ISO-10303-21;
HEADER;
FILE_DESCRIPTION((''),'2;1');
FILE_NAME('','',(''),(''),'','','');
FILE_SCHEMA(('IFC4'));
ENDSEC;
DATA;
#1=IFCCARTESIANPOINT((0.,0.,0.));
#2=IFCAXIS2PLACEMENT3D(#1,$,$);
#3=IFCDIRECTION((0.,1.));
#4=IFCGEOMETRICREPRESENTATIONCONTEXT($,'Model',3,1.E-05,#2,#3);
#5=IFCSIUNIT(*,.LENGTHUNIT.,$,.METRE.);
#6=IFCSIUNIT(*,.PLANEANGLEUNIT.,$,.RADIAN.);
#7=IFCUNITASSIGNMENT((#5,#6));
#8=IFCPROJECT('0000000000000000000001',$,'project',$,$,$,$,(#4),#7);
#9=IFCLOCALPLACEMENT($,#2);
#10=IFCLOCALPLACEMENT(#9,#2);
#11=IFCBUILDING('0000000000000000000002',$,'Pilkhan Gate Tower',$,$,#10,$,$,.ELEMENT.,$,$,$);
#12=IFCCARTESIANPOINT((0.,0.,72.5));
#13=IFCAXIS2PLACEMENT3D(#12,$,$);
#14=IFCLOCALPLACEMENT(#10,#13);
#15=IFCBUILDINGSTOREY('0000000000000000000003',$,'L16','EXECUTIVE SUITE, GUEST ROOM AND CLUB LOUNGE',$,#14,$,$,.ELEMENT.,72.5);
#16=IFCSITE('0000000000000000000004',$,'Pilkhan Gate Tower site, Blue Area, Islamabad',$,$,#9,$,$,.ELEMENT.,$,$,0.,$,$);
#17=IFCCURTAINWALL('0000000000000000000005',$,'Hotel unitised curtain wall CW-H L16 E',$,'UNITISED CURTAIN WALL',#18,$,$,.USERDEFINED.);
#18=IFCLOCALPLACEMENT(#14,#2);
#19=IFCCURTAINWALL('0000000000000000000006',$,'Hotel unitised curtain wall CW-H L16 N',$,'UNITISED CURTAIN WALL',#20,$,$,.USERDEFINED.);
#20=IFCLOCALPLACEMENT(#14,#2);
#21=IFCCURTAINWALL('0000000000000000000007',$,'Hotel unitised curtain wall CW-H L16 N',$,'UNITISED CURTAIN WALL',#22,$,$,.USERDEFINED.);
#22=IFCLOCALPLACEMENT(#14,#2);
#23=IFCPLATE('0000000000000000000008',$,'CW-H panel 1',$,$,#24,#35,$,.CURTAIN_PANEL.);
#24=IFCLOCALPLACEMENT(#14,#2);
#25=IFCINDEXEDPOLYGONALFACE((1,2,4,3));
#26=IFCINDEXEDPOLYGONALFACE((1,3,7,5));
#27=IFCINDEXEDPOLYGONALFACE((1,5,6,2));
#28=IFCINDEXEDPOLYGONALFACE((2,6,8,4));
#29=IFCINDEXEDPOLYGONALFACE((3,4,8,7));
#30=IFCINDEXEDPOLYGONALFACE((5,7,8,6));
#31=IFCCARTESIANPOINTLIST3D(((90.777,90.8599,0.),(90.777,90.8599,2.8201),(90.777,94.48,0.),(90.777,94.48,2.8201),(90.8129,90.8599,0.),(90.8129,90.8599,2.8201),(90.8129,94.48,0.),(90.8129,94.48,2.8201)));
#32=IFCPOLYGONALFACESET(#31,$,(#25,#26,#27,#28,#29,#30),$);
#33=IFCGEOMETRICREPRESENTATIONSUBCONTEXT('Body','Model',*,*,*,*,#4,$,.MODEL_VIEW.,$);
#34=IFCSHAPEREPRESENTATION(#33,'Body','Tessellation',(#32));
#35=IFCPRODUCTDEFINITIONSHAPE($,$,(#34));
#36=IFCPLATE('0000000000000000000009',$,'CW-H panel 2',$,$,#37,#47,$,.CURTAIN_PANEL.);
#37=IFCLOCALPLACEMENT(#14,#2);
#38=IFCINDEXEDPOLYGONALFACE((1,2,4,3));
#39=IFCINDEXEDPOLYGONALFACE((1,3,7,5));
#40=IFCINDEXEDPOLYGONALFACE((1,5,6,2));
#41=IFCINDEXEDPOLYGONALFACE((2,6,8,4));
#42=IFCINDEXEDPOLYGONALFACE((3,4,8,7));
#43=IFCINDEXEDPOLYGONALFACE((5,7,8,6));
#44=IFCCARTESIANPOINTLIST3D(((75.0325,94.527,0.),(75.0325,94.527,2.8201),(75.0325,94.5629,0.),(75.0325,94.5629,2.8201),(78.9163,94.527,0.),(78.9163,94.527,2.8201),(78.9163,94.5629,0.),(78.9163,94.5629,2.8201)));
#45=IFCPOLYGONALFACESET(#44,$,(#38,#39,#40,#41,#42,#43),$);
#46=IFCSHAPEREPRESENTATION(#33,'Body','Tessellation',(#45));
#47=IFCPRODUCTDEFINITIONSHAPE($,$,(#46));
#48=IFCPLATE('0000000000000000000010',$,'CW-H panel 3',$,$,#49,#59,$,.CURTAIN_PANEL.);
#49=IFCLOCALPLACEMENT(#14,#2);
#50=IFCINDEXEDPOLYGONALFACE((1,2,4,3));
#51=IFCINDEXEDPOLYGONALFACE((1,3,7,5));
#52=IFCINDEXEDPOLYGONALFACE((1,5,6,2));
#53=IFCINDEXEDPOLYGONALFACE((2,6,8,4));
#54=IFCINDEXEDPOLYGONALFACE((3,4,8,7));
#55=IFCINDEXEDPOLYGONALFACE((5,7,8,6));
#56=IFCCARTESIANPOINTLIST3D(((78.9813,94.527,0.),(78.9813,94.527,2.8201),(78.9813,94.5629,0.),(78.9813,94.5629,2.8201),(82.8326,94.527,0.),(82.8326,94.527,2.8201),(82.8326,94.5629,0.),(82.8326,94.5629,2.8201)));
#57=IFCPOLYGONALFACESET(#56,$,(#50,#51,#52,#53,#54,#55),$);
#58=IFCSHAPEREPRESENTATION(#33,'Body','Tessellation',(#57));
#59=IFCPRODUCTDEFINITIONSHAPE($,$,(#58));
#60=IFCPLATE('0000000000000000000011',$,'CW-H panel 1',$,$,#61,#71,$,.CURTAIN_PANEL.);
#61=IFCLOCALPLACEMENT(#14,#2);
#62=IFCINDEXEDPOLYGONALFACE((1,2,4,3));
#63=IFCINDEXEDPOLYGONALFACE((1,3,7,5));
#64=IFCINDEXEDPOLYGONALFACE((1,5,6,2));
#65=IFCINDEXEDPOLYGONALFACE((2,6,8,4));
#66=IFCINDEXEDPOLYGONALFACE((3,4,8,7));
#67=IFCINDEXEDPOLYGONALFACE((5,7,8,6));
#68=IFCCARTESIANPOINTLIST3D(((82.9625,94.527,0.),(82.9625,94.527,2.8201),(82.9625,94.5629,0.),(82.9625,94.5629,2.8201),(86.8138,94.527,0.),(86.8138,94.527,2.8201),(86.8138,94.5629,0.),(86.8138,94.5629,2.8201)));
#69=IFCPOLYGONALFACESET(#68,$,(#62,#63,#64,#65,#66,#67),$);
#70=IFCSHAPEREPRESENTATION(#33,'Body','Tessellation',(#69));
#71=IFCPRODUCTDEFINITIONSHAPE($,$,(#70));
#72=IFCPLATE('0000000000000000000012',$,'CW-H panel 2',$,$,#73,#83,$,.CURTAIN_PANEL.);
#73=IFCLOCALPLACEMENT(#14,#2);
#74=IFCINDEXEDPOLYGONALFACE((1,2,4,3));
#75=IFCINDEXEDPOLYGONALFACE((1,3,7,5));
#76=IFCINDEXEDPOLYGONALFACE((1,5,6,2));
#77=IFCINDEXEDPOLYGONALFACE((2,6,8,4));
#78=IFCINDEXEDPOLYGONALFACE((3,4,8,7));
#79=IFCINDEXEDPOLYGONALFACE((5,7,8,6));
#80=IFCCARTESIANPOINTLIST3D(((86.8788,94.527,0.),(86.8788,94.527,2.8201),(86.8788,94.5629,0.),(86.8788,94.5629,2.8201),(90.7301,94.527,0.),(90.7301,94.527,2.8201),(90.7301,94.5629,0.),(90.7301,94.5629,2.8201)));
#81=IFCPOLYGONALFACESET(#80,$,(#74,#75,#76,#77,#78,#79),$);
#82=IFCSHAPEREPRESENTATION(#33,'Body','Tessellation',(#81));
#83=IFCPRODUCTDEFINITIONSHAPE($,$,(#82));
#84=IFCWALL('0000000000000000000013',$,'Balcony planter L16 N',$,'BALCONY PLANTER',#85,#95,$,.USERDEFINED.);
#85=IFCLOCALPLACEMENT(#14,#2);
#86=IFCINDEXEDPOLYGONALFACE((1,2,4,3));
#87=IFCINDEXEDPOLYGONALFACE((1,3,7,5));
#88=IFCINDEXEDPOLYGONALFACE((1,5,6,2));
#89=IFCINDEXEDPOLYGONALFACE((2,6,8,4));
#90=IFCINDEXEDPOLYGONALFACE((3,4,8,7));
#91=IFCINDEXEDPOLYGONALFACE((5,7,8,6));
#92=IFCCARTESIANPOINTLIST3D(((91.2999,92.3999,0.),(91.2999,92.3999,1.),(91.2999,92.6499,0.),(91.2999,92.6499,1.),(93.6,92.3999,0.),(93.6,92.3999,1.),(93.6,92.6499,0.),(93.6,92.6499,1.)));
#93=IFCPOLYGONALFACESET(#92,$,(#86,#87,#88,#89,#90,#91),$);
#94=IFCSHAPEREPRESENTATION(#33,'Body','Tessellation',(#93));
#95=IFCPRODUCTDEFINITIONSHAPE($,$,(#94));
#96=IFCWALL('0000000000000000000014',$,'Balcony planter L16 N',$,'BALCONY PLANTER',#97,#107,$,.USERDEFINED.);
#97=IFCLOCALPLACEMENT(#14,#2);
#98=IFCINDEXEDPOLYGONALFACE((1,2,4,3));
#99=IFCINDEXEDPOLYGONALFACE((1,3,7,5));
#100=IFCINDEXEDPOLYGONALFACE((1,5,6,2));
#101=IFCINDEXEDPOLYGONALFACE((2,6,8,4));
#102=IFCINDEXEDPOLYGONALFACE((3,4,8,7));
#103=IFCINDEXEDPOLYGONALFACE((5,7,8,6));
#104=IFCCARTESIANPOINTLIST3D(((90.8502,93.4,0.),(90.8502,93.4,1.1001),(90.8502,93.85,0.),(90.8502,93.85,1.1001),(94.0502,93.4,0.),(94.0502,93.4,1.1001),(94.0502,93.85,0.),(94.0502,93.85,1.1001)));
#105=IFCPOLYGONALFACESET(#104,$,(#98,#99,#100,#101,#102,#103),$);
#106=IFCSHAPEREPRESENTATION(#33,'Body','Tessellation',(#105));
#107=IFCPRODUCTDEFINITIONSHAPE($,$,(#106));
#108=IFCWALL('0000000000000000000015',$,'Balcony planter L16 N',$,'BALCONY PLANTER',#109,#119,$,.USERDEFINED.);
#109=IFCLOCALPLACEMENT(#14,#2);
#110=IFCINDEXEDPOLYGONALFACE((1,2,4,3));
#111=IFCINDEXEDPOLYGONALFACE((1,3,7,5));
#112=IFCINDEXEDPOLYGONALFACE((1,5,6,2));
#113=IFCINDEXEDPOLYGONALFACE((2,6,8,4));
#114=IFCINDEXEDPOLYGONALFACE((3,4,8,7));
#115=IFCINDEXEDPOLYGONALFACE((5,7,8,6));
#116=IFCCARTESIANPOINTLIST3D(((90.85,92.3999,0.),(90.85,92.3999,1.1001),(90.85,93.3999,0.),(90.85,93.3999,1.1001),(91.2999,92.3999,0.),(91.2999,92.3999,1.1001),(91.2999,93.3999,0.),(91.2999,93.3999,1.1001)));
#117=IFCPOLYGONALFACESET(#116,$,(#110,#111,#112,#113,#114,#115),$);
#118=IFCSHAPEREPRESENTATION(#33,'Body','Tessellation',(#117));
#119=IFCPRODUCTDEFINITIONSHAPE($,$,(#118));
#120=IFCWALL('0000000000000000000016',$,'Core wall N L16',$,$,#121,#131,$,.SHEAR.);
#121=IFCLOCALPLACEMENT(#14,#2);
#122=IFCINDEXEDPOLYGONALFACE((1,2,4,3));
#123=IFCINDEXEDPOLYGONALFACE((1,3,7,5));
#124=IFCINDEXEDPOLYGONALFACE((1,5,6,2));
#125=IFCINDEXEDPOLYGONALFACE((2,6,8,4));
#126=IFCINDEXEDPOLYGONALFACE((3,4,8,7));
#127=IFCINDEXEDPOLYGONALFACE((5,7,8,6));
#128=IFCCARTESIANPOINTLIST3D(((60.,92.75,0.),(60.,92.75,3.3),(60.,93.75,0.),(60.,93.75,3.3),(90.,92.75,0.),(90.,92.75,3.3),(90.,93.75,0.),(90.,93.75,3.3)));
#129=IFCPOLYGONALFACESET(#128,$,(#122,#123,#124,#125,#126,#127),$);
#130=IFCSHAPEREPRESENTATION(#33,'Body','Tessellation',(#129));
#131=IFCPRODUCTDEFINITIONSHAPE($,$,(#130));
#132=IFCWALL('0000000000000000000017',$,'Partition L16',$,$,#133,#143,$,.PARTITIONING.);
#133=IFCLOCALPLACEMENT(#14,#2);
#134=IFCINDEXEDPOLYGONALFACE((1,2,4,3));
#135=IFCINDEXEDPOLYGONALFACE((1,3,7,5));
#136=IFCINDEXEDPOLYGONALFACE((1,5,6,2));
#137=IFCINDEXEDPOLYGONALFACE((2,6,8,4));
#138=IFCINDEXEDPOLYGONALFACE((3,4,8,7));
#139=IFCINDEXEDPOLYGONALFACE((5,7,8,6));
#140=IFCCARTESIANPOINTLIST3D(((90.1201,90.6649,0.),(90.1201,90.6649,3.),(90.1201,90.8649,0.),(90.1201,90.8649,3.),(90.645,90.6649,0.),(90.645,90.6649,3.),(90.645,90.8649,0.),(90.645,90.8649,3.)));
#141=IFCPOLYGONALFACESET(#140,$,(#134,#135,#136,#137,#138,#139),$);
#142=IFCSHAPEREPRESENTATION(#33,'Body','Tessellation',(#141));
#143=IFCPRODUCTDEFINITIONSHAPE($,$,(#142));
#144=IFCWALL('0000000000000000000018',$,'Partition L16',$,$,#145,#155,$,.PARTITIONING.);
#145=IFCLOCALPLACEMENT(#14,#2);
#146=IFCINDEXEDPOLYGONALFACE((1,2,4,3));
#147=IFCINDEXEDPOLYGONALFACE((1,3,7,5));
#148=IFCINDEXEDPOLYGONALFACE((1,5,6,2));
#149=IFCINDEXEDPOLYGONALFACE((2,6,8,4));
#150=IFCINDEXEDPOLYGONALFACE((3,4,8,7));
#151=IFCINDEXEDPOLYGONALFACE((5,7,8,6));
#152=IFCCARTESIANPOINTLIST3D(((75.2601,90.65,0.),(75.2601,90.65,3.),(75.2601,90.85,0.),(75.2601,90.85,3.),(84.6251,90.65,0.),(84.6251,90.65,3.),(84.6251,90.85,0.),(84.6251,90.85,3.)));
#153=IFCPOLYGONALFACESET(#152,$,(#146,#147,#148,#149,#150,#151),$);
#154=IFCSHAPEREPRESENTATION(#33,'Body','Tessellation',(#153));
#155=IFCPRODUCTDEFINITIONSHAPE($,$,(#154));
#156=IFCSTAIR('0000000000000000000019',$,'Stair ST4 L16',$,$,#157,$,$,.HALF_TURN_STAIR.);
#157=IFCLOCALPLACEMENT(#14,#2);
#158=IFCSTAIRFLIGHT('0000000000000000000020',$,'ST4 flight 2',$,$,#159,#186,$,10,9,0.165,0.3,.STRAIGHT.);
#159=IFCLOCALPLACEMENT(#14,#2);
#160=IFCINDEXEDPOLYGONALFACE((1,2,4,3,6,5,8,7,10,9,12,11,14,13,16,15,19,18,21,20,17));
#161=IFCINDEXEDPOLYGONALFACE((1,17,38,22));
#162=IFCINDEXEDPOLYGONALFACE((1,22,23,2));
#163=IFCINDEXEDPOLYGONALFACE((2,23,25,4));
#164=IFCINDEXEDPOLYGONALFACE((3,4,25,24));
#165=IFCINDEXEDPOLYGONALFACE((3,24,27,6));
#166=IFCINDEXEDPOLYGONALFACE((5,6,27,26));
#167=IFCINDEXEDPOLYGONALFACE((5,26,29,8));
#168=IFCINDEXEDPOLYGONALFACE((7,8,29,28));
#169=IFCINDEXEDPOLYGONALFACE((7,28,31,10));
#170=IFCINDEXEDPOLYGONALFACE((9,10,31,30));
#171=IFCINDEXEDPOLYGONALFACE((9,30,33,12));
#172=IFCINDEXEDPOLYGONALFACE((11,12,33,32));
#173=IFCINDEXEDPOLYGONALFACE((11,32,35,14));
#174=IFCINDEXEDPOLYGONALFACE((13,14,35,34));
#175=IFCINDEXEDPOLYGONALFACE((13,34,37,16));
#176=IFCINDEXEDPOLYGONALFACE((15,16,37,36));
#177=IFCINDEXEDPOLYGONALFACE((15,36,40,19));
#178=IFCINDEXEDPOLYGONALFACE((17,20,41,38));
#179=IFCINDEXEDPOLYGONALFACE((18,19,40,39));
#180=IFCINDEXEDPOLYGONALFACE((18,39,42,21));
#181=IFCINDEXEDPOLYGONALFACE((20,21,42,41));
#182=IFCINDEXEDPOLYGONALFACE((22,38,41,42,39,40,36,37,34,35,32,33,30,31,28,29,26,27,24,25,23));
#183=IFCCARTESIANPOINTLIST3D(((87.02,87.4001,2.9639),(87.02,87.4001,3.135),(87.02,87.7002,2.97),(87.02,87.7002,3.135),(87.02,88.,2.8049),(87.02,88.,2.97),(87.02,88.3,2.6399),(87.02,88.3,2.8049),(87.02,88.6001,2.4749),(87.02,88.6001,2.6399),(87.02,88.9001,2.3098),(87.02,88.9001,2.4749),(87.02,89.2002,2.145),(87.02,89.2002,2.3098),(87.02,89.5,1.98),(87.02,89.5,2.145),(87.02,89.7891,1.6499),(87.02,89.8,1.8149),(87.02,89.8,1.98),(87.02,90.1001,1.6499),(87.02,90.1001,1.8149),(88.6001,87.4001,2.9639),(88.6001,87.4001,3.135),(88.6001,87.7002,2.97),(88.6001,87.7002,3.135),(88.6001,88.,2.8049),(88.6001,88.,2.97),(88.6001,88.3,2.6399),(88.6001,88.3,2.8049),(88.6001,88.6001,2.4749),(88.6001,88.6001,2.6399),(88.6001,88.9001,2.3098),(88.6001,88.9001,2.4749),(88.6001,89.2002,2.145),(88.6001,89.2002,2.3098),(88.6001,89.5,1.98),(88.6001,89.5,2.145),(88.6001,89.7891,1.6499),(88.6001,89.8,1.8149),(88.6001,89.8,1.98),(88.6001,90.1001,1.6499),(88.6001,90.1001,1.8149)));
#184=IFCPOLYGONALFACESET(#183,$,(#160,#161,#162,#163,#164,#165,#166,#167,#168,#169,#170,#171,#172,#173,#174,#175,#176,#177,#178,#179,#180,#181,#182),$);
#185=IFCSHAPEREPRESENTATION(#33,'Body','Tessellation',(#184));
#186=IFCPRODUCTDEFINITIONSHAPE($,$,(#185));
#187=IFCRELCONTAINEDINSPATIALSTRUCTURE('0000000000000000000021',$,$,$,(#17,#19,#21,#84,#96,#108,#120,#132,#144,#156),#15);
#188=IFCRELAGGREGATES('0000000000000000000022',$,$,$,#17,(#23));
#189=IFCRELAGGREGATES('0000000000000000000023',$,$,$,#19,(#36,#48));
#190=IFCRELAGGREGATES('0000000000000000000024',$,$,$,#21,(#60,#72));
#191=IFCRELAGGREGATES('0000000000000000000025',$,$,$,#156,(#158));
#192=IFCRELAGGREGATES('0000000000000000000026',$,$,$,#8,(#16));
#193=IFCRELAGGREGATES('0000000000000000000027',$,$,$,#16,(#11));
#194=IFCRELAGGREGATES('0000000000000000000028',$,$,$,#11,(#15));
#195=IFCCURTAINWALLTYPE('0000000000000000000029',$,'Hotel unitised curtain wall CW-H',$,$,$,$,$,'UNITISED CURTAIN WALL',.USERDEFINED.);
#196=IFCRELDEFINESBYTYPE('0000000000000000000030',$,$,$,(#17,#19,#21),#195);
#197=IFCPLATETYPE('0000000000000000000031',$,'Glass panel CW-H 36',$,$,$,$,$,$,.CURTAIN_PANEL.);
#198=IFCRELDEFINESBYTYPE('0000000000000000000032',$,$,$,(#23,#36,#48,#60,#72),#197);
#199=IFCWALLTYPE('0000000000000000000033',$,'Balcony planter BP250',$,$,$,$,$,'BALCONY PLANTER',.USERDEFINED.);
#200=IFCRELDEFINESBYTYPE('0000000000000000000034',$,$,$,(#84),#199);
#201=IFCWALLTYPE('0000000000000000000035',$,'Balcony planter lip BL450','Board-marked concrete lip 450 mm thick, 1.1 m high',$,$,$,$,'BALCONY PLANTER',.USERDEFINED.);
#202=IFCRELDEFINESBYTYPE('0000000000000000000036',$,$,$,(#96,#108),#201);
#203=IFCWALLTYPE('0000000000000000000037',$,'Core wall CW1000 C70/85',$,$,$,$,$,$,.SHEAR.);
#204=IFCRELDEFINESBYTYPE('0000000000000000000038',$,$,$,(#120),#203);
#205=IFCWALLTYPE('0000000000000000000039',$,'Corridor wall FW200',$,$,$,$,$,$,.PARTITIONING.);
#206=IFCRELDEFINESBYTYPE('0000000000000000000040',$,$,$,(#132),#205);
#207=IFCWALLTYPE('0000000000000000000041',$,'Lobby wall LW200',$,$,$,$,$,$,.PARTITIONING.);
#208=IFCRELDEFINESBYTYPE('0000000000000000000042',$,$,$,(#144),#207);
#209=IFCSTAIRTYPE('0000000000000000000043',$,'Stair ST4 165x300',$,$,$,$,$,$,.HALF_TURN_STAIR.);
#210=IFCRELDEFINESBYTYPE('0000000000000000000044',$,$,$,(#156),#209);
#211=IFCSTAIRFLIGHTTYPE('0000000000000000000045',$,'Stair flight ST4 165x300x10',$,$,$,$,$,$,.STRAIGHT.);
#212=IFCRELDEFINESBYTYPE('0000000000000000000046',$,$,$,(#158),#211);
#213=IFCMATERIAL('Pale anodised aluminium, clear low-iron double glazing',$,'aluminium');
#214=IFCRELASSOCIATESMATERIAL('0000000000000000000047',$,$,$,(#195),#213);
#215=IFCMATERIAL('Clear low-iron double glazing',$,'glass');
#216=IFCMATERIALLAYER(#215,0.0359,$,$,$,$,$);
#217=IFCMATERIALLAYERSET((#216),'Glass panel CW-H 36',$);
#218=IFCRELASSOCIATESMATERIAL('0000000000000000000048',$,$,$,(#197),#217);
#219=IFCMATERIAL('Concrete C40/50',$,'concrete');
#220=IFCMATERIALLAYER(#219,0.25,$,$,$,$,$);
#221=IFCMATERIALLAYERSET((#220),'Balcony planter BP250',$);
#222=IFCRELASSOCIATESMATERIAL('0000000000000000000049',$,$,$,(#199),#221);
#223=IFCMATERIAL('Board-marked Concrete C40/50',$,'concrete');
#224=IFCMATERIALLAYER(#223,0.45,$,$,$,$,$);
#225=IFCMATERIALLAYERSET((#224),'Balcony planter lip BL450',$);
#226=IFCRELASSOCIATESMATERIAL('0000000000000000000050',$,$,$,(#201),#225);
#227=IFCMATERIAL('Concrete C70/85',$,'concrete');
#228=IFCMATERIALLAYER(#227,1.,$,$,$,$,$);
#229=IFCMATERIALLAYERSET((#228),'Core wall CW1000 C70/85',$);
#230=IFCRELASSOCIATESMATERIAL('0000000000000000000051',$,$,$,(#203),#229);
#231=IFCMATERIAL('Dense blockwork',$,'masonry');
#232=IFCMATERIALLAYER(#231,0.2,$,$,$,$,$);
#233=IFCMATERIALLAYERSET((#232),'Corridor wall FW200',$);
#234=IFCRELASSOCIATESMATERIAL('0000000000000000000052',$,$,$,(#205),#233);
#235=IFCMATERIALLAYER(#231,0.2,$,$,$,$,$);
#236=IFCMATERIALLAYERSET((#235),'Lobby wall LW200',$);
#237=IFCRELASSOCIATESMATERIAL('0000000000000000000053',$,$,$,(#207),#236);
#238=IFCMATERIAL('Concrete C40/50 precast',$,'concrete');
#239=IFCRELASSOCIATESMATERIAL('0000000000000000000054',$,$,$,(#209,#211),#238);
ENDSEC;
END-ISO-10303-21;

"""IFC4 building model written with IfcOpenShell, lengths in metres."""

from ifc_helpers import new_model, si_unit, direction, frame, frame_2d, origin, origin_2d, place, context, subcontext, project, spatial, polyline, rectangle, outline, extrude, material, layer, layer_set, type_object, element, aggregate, save


model = new_model("IFC4")

# Units and contexts
model_context = context("Model", 3, precision=1e-05, world=origin(), true_north=direction((0.0, 1.0)))
body_context = subcontext(model_context, "Body", "Model", "MODEL_VIEW")
ifc_project = project(units=[si_unit("LENGTHUNIT", "METRE"), si_unit("PLANEANGLEUNIT", "RADIAN")], contexts=[model_context])

# Site, building, storey
site_placement = place(None, origin())
site = spatial("IfcSite", under=ifc_project, at=site_placement, Name="Pilkhan Gate Tower site, Blue Area, Islamabad", CompositionType="ELEMENT", RefElevation=0.0)
building_placement = place(site_placement, origin())
building = spatial("IfcBuilding", under=site, at=building_placement, Name="Pilkhan Gate Tower", CompositionType="ELEMENT")
storey_placement = place(building_placement, frame((0.0, 0.0, 72.5)))
storey = spatial("IfcBuildingStorey", under=building, at=storey_placement, Name="L16", Description="EXECUTIVE SUITE, GUEST ROOM AND CLUB LOUNGE", CompositionType="ELEMENT", Elevation=72.5)

# Curtain walls
ifc_material_1 = material(Name="Pale anodised aluminium, clear low-iron double glazing", Category="aluminium")
curtain_wall_type = type_object("IfcCurtainWallType", Name="Hotel unitised curtain wall CW-H", ElementType="UNITISED CURTAIN WALL", PredefinedType="USERDEFINED", material=ifc_material_1)
curtain_wall_1_placement = place(storey_placement, origin())
curtain_wall_1 = element("IfcCurtainWall", 1, at=curtain_wall_1_placement, inside=storey, type_object=curtain_wall_type, Name="Hotel unitised curtain wall CW-H L16 E", ObjectType="UNITISED CURTAIN WALL", PredefinedType="USERDEFINED")
curtain_wall_2_placement = place(storey_placement, origin())
curtain_wall_2 = element("IfcCurtainWall", 2, at=curtain_wall_2_placement, inside=storey, type_object=curtain_wall_type, Name="Hotel unitised curtain wall CW-H L16 N", ObjectType="UNITISED CURTAIN WALL", PredefinedType="USERDEFINED")
curtain_wall_3_placement = place(storey_placement, origin())
curtain_wall_3 = element("IfcCurtainWall", 3, at=curtain_wall_3_placement, inside=storey, type_object=curtain_wall_type, Name="Hotel unitised curtain wall CW-H L16 N", ObjectType="UNITISED CURTAIN WALL", PredefinedType="USERDEFINED")

# Plates
ifc_material_2 = material(Name="Clear low-iron double glazing", Category="glass")
ifc_layer_1 = layer(ifc_material_2, 0.0359)
ifc_layer_set_1 = layer_set([ifc_layer_1], Name="Glass panel CW-H 36")
plate_type = type_object("IfcPlateType", Name="Glass panel CW-H 36", PredefinedType="CURTAIN_PANEL", material=ifc_layer_set_1)
plate_1_placement = place(storey_placement, frame((90.7949, 92.6699, 0.0), z_axis=(0.0, 0.0, 1.0), x_axis=(0.0, 1.0, 0.0)))
plate_1 = element("IfcPlate", 4, at=plate_1_placement, type_object=plate_type, Name="CW-H panel 1", PredefinedType="CURTAIN_PANEL", context=body_context, shape_type="SweptSolid", body=[
    extrude(rectangle(XDim=3.6201, YDim=0.0359, at=origin_2d()), origin(), (0.0, 0.0, 1.0), 2.8201),
])
aggregate(curtain_wall_1, [plate_1])
plate_2_placement = place(storey_placement, frame((76.9744, 94.5449, 0.0), z_axis=(0.0, 0.0, 1.0), x_axis=(1.0, 0.0, 0.0)))
plate_2 = element("IfcPlate", 5, at=plate_2_placement, type_object=plate_type, Name="CW-H panel 2", PredefinedType="CURTAIN_PANEL", context=body_context, shape_type="SweptSolid", body=[
    extrude(rectangle(XDim=3.8838, YDim=0.0359, at=origin_2d()), origin(), (0.0, 0.0, 1.0), 2.8201),
])
plate_3_placement = place(storey_placement, frame((80.907, 94.5449, 0.0), z_axis=(0.0, 0.0, 1.0), x_axis=(1.0, 0.0, 0.0)))
plate_3 = element("IfcPlate", 6, at=plate_3_placement, type_object=plate_type, Name="CW-H panel 3", PredefinedType="CURTAIN_PANEL", context=body_context, shape_type="SweptSolid", body=[
    extrude(rectangle(XDim=3.8513, YDim=0.0359, at=origin_2d()), origin(), (0.0, 0.0, 1.0), 2.8201),
])
aggregate(curtain_wall_2, [plate_2, plate_3])
plate_4_placement = place(storey_placement, frame((84.8882, 94.5449, 0.0), z_axis=(0.0, 0.0, 1.0), x_axis=(1.0, 0.0, 0.0)))
plate_4 = element("IfcPlate", 7, at=plate_4_placement, type_object=plate_type, Name="CW-H panel 1", PredefinedType="CURTAIN_PANEL", context=body_context, shape_type="SweptSolid", body=[
    extrude(rectangle(XDim=3.8513, YDim=0.0359, at=origin_2d()), origin(), (0.0, 0.0, 1.0), 2.8201),
])
plate_5_placement = place(storey_placement, frame((88.8044, 94.5449, 0.0), z_axis=(0.0, 0.0, 1.0), x_axis=(1.0, 0.0, 0.0)))
plate_5 = element("IfcPlate", 8, at=plate_5_placement, type_object=plate_type, Name="CW-H panel 2", PredefinedType="CURTAIN_PANEL", context=body_context, shape_type="SweptSolid", body=[
    extrude(rectangle(XDim=3.8513, YDim=0.0359, at=origin_2d()), origin(), (0.0, 0.0, 1.0), 2.8201),
])
aggregate(curtain_wall_3, [plate_4, plate_5])

# Walls
ifc_material_3 = material(Name="Concrete C40/50", Category="concrete")
ifc_layer_2 = layer(ifc_material_3, 0.25)
ifc_layer_set_2 = layer_set([ifc_layer_2], Name="Balcony planter BP250")
wall_type_1 = type_object("IfcWallType", Name="Balcony planter BP250", ElementType="BALCONY PLANTER", PredefinedType="USERDEFINED", material=ifc_layer_set_2)
wall_1_placement = place(storey_placement, frame((91.3, 92.5249, 0.0), z_axis=(0.0, 0.0, 1.0), x_axis=(1.0, 0.0, 0.0)))
element("IfcWall", 9, at=wall_1_placement, inside=storey, type_object=wall_type_1, Name="Balcony planter L16 N", ObjectType="BALCONY PLANTER", PredefinedType="USERDEFINED", context=body_context, shape_type="SweptSolid", body=[
    extrude(rectangle(XDim=2.3, YDim=0.25, at=frame_2d((1.1499, 0.0))), origin(), (0.0, 0.0, 1.0), 1.0),
])
ifc_material_4 = material(Name="Board-marked Concrete C40/50", Category="concrete")
ifc_layer_3 = layer(ifc_material_4, 0.45)
ifc_layer_set_3 = layer_set([ifc_layer_3], Name="Balcony planter lip BL450")
wall_type_2 = type_object("IfcWallType", Name="Balcony planter lip BL450", Description="Board-marked concrete lip 450 mm thick, 1.1 m high", ElementType="BALCONY PLANTER", PredefinedType="USERDEFINED", material=ifc_layer_set_3)
wall_2_placement = place(storey_placement, frame((90.8501, 93.625, 0.0), z_axis=(0.0, 0.0, 1.0), x_axis=(1.0, 0.0, 0.0)))
element("IfcWall", 10, at=wall_2_placement, inside=storey, type_object=wall_type_2, Name="Balcony planter L16 N", ObjectType="BALCONY PLANTER", PredefinedType="USERDEFINED", context=body_context, shape_type="SweptSolid", body=[
    extrude(rectangle(XDim=3.2, YDim=0.45, at=frame_2d((1.6001, 0.0))), origin(), (0.0, 0.0, 1.0), 1.1001),
])
wall_3_placement = place(storey_placement, frame((91.075, 92.3999, 0.0), z_axis=(0.0, 0.0, 1.0), x_axis=(0.0, 1.0, 0.0)))
element("IfcWall", 11, at=wall_3_placement, inside=storey, type_object=wall_type_2, Name="Balcony planter L16 N", ObjectType="BALCONY PLANTER", PredefinedType="USERDEFINED", context=body_context, shape_type="SweptSolid", body=[
    extrude(rectangle(XDim=1.0, YDim=0.45, at=frame_2d((0.5, 0.0))), origin(), (0.0, 0.0, 1.0), 1.1001),
])
ifc_material_5 = material(Name="Concrete C70/85", Category="concrete")
ifc_layer_4 = layer(ifc_material_5, 1.0)
ifc_layer_set_4 = layer_set([ifc_layer_4], Name="Core wall CW1000 C70/85")
wall_type_3 = type_object("IfcWallType", Name="Core wall CW1000 C70/85", PredefinedType="SHEAR", material=ifc_layer_set_4)
wall_4_placement = place(storey_placement, frame((90.0, 93.25, 0.0), z_axis=(0.0, 0.0, 1.0), x_axis=(-1.0, 0.0, 0.0)))
element("IfcWall", 12, at=wall_4_placement, inside=storey, type_object=wall_type_3, Name="Core wall N L16", PredefinedType="SHEAR", context=body_context, shape_type="SweptSolid", body=[
    extrude(rectangle(XDim=30.0, YDim=1.0, at=frame_2d((15.0, 0.0))), origin(), (0.0, 0.0, 1.0), 3.3),
])
ifc_material_6 = material(Name="Dense blockwork", Category="masonry")
ifc_layer_5 = layer(ifc_material_6, 0.2)
ifc_layer_set_5 = layer_set([ifc_layer_5], Name="Corridor wall FW200")
wall_type_4 = type_object("IfcWallType", Name="Corridor wall FW200", PredefinedType="PARTITIONING", material=ifc_layer_set_5)
wall_5_placement = place(storey_placement, frame((90.1201, 90.7649, 0.0), z_axis=(0.0, 0.0, 1.0), x_axis=(1.0, 0.0, 0.0)))
element("IfcWall", 13, at=wall_5_placement, inside=storey, type_object=wall_type_4, Name="Partition L16", PredefinedType="PARTITIONING", context=body_context, shape_type="SweptSolid", body=[
    extrude(rectangle(XDim=0.5249, YDim=0.2, at=frame_2d((0.2625, 0.0))), origin(), (0.0, 0.0, 1.0), 3.0),
])

# Wall
ifc_layer_6 = layer(ifc_material_6, 0.2)
ifc_layer_set_6 = layer_set([ifc_layer_6], Name="Lobby wall LW200")
wall_type_5 = type_object("IfcWallType", Name="Lobby wall LW200", PredefinedType="PARTITIONING", material=ifc_layer_set_6)
wall_6_placement = place(storey_placement, frame((75.26, 90.75, 0.0), z_axis=(0.0, 0.0, 1.0), x_axis=(1.0, 0.0, 0.0)))
element("IfcWall", 14, at=wall_6_placement, inside=storey, type_object=wall_type_5, Name="Partition L16", PredefinedType="PARTITIONING", context=body_context, shape_type="SweptSolid", body=[
    extrude(rectangle(XDim=9.365, YDim=0.2, at=frame_2d((4.6826, 0.0))), origin(), (0.0, 0.0, 1.0), 3.0),
])

# Stair, stair flight
ifc_material_7 = material(Name="Concrete C40/50 precast", Category="concrete")
stair_type = type_object("IfcStairType", Name="Stair ST4 165x300", PredefinedType="HALF_TURN_STAIR", material=ifc_material_7)
stair_placement = place(storey_placement, origin())
stair = element("IfcStair", 15, at=stair_placement, inside=storey, type_object=stair_type, Name="Stair ST4 L16", PredefinedType="HALF_TURN_STAIR")
stair_flight_type = type_object("IfcStairFlightType", Name="Stair flight ST4 165x300x10", PredefinedType="STRAIGHT", material=ifc_material_7)
stair_flight_placement = place(storey_placement, frame((87.8101, 90.1001, 1.6499), z_axis=(0.0, 0.0, 1.0), x_axis=(0.0, -1.0, 0.0)))
stair_flight = element("IfcStairFlight", 16, at=stair_flight_placement, type_object=stair_flight_type, Name="ST4 flight 2", NumberOfRisers=10, NumberOfTreads=9, PredefinedType="STRAIGHT", RiserHeight=0.165, TreadLength=0.3, context=body_context, shape_type="SweptSolid", body=[
    extrude(outline(polyline([(0.0, 0.0), (0.0, 0.165), (0.3, 0.165), (0.3, 0.3301), (0.6001, 0.3301), (0.6001, 0.4951), (0.8999, 0.4951), (0.8999, 0.6599), (1.2, 0.6599), (1.2, 0.825), (1.5, 0.825), (1.5, 0.99), (1.8, 0.99), (1.8, 1.155), (2.1001, 1.155), (2.1001, 1.3201), (2.3999, 1.3201), (2.3999, 1.4851), (2.7, 1.4851), (2.7, 1.6499), (2.7, 1.314), (0.311, 0.0), (0.0, 0.0)])), frame((0.0, 0.79, 0.0), z_axis=(0.0, -1.0, 0.0), x_axis=(1.0, 0.0, 0.0)), (0.0, 0.0, 1.0), 1.5801),
])
aggregate(stair, [stair_flight])

save(model, "model.ifc")
